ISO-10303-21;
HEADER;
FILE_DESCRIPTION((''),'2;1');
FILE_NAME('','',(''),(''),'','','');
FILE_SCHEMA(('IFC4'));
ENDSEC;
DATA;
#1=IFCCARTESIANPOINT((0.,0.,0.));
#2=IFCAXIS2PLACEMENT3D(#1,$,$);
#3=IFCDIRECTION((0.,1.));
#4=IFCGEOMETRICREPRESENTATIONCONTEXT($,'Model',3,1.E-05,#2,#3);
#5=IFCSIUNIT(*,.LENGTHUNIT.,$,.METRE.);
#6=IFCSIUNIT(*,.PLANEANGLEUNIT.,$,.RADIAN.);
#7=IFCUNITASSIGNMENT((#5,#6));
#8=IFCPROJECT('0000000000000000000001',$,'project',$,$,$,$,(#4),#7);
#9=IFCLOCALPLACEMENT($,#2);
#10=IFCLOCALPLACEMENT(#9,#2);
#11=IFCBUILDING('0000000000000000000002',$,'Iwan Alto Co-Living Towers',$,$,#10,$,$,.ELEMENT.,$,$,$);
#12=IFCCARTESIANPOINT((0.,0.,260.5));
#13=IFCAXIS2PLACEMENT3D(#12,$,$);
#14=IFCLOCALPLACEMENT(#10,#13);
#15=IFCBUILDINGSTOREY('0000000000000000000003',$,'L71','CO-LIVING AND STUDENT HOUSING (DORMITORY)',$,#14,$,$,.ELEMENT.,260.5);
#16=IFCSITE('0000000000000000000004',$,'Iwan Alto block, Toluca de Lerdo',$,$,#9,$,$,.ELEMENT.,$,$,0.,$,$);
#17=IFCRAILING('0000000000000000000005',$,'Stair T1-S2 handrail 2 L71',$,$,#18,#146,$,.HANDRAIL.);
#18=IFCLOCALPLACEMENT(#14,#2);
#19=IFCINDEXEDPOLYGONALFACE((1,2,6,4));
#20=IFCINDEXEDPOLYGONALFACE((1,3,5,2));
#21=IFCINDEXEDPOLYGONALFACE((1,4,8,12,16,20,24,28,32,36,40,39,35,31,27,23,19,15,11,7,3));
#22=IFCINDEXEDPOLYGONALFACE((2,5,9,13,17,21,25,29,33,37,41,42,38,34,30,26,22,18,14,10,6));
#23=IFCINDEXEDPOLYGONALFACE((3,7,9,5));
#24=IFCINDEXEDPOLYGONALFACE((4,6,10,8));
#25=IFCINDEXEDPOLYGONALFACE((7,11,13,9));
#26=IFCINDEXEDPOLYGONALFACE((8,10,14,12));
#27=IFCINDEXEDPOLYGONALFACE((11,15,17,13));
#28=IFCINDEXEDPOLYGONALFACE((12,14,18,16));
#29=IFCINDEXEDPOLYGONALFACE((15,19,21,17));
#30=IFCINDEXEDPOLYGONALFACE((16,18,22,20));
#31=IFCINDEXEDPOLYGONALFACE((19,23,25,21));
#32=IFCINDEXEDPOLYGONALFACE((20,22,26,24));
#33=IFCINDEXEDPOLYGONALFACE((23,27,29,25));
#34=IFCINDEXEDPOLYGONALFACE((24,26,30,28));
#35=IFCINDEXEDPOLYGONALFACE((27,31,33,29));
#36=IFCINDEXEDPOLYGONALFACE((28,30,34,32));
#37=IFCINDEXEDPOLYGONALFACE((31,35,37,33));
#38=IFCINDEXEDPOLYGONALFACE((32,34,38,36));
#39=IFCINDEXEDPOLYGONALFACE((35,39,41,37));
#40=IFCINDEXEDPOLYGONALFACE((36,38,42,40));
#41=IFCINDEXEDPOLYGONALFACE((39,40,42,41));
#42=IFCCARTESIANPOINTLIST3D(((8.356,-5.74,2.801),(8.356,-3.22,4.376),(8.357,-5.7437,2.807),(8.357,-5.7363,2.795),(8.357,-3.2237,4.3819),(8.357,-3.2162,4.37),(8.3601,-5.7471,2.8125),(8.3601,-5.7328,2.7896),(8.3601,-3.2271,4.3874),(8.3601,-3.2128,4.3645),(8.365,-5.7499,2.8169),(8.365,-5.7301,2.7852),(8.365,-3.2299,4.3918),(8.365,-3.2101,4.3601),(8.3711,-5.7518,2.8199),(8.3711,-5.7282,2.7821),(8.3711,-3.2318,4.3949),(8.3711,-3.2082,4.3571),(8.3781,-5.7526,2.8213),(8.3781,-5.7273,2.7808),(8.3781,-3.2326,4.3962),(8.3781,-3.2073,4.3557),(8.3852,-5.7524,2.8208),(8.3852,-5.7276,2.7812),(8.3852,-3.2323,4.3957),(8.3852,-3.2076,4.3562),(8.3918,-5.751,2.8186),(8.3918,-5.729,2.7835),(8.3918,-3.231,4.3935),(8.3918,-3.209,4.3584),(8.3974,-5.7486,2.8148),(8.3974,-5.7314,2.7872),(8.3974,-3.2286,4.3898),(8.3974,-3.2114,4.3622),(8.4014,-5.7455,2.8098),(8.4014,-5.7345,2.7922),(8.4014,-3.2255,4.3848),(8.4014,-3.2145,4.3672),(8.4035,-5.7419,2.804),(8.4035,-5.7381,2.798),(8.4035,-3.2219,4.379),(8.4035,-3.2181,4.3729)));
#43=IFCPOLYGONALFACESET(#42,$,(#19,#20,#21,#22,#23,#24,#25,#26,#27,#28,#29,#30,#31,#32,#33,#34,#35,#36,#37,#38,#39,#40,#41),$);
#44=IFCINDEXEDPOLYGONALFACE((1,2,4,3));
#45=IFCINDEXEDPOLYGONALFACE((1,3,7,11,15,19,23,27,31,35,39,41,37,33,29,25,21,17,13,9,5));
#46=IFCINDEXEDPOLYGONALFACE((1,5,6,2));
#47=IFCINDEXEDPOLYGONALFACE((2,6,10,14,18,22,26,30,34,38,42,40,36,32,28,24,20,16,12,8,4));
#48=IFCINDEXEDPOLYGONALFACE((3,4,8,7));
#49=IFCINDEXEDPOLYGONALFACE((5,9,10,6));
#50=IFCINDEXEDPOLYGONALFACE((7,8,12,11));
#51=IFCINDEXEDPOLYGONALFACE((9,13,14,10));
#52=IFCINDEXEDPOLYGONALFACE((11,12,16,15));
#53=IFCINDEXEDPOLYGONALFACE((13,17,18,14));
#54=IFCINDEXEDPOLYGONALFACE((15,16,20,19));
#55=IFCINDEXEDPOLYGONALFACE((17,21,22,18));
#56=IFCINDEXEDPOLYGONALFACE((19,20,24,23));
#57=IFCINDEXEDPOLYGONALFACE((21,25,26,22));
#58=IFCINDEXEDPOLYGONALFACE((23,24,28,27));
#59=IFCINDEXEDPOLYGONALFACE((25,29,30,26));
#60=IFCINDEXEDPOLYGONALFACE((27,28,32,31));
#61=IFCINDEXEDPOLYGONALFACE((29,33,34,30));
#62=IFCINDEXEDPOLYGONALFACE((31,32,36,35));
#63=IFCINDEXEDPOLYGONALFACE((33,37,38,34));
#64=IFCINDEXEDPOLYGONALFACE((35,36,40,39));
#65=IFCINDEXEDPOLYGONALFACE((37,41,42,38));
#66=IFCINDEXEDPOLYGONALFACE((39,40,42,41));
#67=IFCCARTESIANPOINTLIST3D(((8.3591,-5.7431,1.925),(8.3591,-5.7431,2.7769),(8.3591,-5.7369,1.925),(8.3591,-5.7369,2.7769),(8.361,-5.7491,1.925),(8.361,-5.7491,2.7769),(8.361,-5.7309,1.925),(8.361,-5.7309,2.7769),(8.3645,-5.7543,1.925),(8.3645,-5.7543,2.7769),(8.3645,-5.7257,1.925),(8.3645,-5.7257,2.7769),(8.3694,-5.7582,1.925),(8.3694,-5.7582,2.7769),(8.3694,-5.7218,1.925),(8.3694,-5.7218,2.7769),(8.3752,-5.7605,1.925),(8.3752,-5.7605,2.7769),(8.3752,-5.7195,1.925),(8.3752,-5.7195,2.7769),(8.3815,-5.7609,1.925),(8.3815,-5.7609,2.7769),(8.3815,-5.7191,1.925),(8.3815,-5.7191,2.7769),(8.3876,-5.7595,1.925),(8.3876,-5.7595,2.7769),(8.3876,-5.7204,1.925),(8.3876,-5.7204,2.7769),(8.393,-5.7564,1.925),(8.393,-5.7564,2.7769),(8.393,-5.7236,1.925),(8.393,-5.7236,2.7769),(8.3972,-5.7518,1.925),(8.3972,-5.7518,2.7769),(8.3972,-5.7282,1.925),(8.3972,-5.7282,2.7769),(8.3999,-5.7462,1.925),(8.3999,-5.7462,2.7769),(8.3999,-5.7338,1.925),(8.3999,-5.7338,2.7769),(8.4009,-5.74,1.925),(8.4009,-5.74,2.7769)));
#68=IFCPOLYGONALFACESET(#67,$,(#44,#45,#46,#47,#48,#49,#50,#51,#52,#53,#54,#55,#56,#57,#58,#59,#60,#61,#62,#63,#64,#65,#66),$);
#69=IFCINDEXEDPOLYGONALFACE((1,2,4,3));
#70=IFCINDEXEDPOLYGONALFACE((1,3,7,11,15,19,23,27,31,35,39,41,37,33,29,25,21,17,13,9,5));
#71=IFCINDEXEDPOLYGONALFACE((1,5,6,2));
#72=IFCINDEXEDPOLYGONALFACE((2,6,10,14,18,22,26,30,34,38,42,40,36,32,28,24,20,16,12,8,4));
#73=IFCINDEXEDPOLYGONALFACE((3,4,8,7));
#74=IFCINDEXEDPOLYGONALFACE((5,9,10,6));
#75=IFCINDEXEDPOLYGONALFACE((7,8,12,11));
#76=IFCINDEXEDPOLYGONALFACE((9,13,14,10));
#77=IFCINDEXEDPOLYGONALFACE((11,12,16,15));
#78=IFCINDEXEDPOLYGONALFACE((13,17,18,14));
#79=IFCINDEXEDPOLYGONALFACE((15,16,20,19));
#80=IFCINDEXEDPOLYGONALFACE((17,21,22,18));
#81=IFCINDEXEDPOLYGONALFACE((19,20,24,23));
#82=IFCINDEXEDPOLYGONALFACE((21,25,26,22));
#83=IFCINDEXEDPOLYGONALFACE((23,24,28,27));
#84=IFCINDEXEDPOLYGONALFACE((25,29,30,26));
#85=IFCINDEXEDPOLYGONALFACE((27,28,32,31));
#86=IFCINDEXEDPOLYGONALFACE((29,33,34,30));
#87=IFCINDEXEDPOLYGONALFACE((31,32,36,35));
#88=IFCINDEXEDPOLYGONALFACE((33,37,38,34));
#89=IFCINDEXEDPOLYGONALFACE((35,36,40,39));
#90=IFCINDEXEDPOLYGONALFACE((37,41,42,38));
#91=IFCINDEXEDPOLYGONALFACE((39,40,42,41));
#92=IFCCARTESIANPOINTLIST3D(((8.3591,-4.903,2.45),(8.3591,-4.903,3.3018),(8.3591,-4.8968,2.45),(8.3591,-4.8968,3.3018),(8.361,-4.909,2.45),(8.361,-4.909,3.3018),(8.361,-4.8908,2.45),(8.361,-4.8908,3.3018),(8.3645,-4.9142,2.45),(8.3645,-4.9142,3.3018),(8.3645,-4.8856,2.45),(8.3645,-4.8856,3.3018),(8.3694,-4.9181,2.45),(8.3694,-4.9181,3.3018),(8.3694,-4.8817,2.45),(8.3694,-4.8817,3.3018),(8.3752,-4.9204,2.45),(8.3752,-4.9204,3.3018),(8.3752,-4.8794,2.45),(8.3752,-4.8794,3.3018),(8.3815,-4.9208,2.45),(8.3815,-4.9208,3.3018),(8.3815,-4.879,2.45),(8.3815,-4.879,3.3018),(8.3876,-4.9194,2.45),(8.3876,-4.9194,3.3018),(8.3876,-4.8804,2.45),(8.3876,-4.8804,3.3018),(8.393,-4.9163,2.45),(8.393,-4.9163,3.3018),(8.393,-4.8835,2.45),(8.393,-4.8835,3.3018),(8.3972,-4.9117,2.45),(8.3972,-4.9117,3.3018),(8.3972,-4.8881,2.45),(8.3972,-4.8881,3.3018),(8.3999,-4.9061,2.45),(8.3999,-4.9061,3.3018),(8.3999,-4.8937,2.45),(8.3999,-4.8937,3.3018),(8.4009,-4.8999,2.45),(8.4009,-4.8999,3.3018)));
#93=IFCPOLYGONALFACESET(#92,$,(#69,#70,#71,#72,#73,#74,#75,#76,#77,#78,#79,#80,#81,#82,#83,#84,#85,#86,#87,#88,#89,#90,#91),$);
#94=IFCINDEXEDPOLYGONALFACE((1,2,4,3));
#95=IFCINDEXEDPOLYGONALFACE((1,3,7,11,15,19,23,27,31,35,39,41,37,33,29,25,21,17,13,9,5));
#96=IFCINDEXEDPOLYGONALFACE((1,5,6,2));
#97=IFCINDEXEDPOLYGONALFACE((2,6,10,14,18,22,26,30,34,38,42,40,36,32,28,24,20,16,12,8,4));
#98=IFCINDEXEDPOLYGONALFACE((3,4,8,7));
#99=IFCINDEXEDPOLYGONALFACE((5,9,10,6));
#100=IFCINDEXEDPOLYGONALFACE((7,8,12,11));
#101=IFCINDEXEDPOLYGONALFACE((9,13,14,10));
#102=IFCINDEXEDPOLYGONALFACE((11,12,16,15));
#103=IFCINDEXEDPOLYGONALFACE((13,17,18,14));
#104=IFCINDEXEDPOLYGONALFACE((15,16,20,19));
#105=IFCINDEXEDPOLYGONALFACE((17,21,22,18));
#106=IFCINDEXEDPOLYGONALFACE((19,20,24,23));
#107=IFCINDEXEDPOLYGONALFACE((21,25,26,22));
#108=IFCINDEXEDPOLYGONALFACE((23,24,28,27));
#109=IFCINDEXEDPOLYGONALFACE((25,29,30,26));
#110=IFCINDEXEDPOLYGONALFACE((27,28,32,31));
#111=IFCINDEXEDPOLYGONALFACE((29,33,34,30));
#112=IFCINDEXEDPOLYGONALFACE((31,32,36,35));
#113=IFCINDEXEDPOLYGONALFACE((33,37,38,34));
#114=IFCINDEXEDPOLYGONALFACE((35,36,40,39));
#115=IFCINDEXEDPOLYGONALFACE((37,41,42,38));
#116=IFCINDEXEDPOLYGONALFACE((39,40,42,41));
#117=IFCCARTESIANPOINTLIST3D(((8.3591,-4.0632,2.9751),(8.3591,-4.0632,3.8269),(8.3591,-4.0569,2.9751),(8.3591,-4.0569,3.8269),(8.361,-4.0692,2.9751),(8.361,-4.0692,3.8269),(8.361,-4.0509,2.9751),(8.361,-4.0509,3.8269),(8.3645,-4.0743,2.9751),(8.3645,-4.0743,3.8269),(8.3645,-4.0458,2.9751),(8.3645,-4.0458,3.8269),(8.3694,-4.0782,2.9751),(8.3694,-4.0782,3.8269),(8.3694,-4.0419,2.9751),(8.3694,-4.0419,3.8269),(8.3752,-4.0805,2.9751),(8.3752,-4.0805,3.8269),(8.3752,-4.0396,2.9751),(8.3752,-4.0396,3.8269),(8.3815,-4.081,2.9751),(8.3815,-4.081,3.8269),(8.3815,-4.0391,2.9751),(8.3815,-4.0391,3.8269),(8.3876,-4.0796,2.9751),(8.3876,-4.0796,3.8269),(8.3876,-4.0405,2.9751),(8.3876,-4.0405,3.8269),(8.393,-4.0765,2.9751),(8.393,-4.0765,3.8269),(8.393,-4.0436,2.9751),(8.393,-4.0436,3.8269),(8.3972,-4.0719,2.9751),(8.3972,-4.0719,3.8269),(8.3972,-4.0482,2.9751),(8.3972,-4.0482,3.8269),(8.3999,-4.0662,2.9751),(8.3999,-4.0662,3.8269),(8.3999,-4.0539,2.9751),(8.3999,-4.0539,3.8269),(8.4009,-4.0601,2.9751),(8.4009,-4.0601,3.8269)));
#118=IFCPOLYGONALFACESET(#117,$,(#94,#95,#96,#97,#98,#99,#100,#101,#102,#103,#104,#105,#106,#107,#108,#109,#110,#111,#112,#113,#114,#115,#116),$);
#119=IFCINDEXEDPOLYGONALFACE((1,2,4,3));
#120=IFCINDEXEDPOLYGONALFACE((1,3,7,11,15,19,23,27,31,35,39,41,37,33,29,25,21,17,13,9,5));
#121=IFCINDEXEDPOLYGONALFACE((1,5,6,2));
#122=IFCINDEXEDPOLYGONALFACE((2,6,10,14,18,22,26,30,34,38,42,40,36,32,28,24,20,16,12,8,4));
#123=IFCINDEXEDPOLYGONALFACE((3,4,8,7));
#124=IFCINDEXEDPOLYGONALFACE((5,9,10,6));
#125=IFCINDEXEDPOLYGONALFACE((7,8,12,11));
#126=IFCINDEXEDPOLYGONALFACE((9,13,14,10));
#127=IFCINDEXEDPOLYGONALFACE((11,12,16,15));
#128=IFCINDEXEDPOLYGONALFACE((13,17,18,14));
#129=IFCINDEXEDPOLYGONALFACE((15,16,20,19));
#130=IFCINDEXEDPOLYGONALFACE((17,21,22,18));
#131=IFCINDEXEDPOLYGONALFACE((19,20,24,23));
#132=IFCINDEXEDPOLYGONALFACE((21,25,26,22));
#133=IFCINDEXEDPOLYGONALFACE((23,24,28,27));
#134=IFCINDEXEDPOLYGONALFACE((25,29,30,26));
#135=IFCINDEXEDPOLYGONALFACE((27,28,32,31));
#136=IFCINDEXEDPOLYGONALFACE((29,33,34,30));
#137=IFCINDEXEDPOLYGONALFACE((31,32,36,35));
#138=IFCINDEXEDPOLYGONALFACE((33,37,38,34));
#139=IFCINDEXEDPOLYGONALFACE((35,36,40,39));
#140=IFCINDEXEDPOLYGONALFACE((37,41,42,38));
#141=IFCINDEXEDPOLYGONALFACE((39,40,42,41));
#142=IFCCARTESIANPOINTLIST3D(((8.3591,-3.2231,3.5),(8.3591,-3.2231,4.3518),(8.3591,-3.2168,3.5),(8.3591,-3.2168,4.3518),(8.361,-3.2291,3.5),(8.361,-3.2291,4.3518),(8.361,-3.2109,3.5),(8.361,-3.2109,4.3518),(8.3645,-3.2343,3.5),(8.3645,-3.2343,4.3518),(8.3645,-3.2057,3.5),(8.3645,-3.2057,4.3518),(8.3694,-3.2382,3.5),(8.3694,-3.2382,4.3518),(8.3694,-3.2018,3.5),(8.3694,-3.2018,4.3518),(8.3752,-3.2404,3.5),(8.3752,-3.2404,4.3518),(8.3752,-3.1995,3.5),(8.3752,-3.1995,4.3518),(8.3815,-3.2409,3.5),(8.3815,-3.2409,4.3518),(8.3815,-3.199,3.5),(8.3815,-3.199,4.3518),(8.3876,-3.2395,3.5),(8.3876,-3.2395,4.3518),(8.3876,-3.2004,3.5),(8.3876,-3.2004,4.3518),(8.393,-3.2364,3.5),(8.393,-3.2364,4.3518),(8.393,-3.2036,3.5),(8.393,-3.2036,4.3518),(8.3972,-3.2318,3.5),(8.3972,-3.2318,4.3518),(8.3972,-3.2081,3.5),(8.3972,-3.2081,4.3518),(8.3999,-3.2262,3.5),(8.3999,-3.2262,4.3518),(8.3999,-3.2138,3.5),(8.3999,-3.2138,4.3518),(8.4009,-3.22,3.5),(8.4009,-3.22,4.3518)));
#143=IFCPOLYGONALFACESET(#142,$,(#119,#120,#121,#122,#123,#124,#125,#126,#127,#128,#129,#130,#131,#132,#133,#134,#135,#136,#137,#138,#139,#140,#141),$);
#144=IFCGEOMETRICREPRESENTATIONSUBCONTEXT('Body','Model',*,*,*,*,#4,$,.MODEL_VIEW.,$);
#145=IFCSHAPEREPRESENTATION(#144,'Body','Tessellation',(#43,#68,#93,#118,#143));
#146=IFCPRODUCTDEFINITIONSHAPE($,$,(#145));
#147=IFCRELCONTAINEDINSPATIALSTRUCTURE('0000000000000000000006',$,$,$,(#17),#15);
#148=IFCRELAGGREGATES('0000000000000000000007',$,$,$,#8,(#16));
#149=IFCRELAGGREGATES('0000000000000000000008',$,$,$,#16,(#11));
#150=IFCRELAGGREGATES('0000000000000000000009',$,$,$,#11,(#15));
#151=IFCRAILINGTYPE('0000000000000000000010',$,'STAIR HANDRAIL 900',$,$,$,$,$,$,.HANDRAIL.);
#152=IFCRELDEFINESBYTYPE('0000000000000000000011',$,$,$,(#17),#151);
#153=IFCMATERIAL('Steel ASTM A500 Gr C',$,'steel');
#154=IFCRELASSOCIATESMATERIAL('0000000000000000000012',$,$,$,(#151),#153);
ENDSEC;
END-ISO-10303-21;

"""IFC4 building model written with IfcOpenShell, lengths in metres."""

from ifc_helpers import new_model, si_unit, direction, frame, origin, origin_2d, place, context, subcontext, project, spatial, circle, extrude, material, type_object, element, save


model = new_model("IFC4")

# Units and contexts
model_context = context("Model", 3, precision=1e-05, world=origin(), true_north=direction((0.0, 1.0)))
body_context = subcontext(model_context, "Body", "Model", "MODEL_VIEW")
ifc_project = project(units=[si_unit("LENGTHUNIT", "METRE"), si_unit("PLANEANGLEUNIT", "RADIAN")], contexts=[model_context])

# Site, building, storey
site_placement = place(None, origin())
site = spatial("IfcSite", under=ifc_project, at=site_placement, Name="Iwan Alto block, Toluca de Lerdo", CompositionType="ELEMENT", RefElevation=0.0)
building_placement = place(site_placement, origin())
building = spatial("IfcBuilding", under=site, at=building_placement, Name="Iwan Alto Co-Living Towers", CompositionType="ELEMENT")
storey_placement = place(building_placement, frame((0.0, 0.0, 260.5)))
storey = spatial("IfcBuildingStorey", under=building, at=storey_placement, Name="L71", Description="CO-LIVING AND STUDENT HOUSING (DORMITORY)", CompositionType="ELEMENT", Elevation=260.5)

# Railing
ifc_material_1 = material(Name="Steel ASTM A500 Gr C", Category="steel")
railing_type_1 = type_object("IfcRailingType", Name="STAIR HANDRAIL 900", PredefinedType="HANDRAIL", material=ifc_material_1)
railing_1_placement = place(storey_placement, frame((8.3799, -5.74, 1.925)))
element("IfcRailing", 1, at=railing_1_placement, inside=storey, type_object=railing_type_1, Name="Stair T1-S2 handrail 2 L71", PredefinedType="HANDRAIL", context=body_context, shape_type="SweptSolid", body=[
    extrude(circle(Radius=0.0239, at=origin_2d()), frame((0.0, 0.0, 0.876), z_axis=(0.0, 0.848008, 0.529984), x_axis=(-1.0, 0.0, 0.0)), (0.0, 0.0, 1.0), 2.9717),
    extrude(circle(Radius=0.021, at=origin_2d()), origin(), (0.0, 0.0, 1.0), 0.8518),
    extrude(circle(Radius=0.021, at=origin_2d()), frame((0.0, 0.8401, 0.5249)), (0.0, 0.0, 1.0), 0.8518),
    extrude(circle(Radius=0.021, at=origin_2d()), frame((0.0, 1.6799, 1.05)), (0.0, 0.0, 1.0), 0.8518),
    extrude(circle(Radius=0.021, at=origin_2d()), frame((0.0, 2.52, 1.575)), (0.0, 0.0, 1.0), 0.8518),
])

save(model, "model.ifc")
